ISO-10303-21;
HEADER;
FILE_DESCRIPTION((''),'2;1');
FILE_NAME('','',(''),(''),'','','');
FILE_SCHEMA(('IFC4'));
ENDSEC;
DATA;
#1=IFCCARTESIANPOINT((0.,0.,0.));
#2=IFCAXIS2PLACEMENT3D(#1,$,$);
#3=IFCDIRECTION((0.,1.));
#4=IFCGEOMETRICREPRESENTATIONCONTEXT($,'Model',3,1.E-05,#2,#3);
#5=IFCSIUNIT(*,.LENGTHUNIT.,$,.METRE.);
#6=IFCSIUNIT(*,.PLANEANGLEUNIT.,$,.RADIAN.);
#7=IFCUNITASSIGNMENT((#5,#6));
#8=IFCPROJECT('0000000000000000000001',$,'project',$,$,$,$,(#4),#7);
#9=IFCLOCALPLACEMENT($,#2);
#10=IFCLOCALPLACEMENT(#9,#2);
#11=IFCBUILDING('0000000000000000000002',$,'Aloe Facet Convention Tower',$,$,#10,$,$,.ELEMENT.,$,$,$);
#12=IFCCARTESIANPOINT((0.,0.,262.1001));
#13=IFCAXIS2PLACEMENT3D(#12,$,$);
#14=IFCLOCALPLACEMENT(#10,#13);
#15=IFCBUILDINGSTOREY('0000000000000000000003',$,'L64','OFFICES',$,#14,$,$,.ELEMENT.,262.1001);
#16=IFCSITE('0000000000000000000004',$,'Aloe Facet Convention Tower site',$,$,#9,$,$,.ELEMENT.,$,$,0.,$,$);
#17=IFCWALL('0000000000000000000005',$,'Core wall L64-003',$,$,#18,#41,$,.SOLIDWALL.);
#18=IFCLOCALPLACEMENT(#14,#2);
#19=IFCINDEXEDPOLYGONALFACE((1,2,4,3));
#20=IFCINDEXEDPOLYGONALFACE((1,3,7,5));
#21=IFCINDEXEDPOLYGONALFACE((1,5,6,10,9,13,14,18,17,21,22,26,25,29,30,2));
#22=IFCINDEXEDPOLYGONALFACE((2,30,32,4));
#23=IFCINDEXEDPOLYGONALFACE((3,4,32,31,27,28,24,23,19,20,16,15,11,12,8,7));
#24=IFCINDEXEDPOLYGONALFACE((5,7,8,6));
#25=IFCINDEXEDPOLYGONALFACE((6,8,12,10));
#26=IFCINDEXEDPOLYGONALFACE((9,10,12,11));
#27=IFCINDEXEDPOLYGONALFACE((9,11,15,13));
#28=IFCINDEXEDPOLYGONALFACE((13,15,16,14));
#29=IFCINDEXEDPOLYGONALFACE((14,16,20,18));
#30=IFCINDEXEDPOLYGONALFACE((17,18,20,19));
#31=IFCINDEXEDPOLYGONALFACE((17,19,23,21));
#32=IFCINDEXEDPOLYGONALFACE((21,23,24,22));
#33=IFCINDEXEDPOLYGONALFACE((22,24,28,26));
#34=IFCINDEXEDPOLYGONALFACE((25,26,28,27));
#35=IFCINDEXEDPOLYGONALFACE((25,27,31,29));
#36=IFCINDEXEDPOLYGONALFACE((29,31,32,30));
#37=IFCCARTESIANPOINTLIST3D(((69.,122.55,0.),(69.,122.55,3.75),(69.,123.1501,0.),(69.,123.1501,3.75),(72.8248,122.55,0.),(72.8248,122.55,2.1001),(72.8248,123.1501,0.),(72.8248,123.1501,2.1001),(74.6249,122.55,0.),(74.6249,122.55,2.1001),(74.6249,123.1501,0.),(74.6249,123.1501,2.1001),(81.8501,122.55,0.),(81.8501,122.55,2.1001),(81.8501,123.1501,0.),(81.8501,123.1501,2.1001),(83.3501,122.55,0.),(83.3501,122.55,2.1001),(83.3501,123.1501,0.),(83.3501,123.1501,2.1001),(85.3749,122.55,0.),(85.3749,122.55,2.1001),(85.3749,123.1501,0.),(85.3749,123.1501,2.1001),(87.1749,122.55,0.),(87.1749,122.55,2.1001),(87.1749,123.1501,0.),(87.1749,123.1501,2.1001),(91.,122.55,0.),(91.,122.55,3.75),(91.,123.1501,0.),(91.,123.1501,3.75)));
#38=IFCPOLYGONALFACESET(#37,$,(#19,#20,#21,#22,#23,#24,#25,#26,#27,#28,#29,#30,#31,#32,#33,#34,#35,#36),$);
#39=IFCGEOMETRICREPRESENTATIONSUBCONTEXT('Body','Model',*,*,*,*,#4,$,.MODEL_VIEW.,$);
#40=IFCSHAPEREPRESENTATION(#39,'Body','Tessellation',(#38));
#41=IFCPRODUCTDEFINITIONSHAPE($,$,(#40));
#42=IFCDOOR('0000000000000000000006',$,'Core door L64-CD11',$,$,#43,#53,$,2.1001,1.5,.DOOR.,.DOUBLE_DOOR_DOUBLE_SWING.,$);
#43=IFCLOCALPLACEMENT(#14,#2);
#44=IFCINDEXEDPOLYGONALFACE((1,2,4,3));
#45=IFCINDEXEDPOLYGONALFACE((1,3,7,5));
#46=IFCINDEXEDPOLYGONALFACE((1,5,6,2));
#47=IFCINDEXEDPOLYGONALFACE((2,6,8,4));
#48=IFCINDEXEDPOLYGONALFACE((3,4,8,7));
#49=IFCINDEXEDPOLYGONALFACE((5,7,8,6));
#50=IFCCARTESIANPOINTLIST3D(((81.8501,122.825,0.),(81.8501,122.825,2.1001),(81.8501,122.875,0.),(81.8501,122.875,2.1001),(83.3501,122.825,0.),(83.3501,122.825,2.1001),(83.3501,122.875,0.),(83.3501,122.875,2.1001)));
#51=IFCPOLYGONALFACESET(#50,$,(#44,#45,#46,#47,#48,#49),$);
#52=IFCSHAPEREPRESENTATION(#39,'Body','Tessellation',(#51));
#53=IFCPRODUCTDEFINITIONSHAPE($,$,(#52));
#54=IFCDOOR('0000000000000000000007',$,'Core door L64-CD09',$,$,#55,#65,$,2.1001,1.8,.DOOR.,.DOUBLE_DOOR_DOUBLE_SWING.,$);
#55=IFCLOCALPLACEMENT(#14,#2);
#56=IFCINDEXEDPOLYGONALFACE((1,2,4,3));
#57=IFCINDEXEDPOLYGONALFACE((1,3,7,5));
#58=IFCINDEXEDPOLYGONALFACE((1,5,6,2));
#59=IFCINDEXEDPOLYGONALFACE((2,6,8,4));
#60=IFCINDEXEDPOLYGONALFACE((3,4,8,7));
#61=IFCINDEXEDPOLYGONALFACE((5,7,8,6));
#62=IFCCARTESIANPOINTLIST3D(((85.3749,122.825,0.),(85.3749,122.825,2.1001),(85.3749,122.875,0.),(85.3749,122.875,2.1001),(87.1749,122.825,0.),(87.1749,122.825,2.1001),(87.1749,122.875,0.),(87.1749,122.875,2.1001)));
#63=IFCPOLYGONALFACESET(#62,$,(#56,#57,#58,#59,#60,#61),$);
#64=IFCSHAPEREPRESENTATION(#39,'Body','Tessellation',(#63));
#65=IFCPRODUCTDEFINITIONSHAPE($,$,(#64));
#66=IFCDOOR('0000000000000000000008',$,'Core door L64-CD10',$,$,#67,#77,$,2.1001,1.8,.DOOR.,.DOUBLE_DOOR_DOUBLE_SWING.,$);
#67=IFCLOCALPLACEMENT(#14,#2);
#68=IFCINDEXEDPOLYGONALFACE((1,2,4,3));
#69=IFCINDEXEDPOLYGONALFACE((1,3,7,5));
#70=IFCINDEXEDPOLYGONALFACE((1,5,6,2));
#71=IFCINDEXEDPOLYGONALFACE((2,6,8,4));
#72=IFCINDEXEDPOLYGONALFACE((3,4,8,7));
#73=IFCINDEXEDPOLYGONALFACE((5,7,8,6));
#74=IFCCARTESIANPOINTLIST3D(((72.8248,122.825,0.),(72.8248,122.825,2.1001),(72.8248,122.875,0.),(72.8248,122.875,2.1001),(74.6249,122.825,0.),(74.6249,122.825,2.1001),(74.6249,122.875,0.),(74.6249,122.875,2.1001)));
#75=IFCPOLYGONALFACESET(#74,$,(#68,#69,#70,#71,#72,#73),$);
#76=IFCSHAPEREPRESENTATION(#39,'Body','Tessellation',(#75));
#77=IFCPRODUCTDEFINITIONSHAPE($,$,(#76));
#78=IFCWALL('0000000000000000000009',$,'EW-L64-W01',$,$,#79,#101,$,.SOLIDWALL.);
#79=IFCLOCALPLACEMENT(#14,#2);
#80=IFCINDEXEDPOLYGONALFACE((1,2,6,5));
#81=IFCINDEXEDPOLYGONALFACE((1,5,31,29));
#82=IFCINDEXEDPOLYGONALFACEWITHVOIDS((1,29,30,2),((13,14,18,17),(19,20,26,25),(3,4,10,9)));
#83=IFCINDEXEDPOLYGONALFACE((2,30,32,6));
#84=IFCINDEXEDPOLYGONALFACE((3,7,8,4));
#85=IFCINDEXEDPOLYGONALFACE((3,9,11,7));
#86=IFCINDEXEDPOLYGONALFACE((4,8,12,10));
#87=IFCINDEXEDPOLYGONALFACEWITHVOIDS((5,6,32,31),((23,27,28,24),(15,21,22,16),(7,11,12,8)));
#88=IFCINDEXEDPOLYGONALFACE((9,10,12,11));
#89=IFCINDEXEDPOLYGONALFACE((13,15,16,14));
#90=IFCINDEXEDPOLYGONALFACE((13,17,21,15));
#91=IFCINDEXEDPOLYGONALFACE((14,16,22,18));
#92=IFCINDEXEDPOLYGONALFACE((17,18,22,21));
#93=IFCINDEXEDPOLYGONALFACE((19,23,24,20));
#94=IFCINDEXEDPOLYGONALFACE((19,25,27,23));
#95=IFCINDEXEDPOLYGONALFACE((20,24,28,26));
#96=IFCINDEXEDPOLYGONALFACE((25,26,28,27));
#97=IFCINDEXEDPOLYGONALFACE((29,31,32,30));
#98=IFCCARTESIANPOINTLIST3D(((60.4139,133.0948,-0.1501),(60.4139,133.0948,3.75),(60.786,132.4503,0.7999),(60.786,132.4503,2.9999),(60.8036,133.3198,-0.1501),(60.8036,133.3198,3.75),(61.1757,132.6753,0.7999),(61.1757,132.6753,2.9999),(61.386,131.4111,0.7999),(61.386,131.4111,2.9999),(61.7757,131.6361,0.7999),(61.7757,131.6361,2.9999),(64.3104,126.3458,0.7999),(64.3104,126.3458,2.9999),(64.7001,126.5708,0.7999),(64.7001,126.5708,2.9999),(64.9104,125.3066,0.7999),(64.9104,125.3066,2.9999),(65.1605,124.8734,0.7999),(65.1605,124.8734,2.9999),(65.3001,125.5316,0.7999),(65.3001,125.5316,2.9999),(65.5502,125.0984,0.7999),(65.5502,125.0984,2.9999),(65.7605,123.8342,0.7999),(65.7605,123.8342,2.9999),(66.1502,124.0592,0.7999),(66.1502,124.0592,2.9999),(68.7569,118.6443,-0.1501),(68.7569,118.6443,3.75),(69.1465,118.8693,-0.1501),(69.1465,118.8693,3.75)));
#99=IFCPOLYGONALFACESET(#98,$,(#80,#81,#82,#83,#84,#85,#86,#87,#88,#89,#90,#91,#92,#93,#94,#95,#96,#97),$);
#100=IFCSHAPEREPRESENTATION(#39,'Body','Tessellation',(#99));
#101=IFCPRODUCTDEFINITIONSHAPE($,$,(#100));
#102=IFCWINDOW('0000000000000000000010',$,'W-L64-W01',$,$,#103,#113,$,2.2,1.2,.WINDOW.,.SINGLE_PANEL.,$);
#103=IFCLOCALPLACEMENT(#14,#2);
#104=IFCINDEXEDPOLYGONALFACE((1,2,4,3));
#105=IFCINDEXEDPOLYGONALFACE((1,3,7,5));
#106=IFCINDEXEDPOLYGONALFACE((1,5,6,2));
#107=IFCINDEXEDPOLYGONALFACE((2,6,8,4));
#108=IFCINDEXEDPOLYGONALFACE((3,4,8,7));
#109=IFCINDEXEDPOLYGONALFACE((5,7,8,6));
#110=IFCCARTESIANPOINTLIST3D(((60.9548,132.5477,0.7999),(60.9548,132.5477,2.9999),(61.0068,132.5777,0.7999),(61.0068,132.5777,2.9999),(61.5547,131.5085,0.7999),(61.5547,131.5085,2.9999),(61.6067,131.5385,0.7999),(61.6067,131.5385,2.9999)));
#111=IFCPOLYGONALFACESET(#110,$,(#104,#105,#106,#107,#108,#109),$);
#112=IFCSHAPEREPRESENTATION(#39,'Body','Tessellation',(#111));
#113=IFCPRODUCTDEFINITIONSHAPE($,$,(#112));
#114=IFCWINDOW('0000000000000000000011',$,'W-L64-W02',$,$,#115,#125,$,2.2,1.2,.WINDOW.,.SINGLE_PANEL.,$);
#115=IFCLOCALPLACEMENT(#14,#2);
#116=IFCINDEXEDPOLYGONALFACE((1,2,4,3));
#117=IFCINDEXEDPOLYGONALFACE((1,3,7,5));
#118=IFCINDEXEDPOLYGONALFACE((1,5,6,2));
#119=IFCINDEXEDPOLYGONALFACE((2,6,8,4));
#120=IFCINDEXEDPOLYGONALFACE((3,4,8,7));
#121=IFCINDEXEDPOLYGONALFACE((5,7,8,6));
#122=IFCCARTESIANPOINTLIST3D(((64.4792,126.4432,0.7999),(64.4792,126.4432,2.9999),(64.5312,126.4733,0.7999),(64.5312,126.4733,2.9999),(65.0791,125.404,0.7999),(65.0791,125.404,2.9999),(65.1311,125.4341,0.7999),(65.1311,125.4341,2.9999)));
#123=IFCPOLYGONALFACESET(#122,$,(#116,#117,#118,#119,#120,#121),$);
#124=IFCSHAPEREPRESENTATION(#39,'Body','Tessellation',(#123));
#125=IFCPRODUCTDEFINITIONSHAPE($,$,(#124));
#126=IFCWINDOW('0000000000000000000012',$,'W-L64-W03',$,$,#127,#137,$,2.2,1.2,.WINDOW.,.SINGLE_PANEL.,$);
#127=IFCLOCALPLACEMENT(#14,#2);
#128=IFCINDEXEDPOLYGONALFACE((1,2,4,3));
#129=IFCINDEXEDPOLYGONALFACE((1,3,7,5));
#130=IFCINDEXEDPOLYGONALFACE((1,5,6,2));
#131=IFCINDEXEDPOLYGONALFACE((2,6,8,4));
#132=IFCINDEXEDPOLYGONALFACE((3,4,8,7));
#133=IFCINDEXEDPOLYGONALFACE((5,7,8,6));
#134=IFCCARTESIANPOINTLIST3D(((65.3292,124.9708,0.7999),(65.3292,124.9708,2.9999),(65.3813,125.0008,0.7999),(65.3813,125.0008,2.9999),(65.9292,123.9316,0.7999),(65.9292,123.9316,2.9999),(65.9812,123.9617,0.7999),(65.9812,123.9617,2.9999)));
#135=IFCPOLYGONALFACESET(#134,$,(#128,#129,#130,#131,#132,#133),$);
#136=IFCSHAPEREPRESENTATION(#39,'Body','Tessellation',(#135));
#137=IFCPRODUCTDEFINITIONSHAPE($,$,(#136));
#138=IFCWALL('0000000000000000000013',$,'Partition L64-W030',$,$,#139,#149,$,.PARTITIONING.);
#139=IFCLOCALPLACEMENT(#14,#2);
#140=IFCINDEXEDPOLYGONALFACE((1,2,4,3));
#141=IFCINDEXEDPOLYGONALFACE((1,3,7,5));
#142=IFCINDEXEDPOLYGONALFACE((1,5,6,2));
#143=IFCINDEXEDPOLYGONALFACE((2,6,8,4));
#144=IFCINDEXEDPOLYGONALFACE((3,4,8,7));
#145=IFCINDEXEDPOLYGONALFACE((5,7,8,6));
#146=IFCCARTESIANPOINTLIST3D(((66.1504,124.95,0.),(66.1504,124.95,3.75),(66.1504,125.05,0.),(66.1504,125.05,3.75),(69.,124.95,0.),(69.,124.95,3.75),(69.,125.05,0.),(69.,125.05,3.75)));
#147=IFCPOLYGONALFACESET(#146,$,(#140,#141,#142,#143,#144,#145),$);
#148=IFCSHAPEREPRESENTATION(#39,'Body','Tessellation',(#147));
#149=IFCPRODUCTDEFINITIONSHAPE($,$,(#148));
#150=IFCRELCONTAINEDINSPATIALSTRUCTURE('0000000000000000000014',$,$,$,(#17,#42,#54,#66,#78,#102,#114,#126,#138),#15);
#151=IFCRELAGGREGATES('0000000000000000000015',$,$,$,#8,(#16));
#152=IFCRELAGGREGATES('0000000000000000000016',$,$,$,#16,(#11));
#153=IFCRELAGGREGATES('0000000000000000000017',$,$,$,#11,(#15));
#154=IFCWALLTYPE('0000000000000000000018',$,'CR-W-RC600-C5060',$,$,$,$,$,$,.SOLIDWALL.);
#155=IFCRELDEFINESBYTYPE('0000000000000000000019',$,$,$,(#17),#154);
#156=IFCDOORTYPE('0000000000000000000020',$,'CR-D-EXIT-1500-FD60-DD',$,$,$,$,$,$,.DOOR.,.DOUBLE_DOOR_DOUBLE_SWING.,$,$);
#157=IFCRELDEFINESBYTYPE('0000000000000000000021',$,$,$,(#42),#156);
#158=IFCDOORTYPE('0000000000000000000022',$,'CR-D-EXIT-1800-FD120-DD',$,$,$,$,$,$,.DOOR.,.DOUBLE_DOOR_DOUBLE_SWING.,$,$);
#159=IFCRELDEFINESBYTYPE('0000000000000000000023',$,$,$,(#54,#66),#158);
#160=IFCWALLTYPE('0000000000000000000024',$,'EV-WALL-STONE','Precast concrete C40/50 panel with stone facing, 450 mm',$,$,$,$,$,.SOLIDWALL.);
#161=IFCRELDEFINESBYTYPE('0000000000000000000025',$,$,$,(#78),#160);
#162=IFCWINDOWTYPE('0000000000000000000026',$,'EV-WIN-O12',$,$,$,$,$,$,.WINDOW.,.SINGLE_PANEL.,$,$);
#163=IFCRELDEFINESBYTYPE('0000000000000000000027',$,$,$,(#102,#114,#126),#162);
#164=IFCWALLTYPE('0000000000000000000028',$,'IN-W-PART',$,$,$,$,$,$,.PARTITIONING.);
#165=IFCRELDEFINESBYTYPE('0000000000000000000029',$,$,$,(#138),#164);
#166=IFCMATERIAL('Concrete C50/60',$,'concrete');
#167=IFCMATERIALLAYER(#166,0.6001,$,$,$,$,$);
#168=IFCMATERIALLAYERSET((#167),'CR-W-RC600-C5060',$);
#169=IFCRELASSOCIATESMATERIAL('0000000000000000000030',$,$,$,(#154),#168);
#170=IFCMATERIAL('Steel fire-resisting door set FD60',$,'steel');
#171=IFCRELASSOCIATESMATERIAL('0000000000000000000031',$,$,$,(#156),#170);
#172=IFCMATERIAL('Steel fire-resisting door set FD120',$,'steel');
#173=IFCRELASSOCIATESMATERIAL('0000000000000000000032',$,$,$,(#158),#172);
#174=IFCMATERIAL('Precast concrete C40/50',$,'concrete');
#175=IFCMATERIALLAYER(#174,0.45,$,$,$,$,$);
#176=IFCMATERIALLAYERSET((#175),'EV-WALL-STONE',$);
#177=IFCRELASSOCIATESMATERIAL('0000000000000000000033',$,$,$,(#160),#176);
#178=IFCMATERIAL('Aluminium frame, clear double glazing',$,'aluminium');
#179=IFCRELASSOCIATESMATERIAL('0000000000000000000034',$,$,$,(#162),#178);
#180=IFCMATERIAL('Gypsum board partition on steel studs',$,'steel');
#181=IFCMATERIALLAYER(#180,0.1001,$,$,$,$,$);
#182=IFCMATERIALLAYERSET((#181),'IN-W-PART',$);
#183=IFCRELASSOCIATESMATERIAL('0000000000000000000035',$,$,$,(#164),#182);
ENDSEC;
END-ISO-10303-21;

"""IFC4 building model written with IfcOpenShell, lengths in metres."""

from ifc_helpers import new_model, si_unit, direction, frame, frame_2d, origin, place, context, subcontext, project, spatial, polyline, rectangle, outline, extrude, material, layer, layer_set, type_object, element, fill, save


model = new_model("IFC4")

# Units and contexts
model_context = context("Model", 3, precision=1e-05, world=origin(), true_north=direction((0.0, 1.0)))
body_context = subcontext(model_context, "Body", "Model", "MODEL_VIEW")
ifc_project = project(units=[si_unit("LENGTHUNIT", "METRE"), si_unit("PLANEANGLEUNIT", "RADIAN")], contexts=[model_context])

# Site, building, storey
site_placement = place(None, origin())
site = spatial("IfcSite", under=ifc_project, at=site_placement, Name="Aloe Facet Convention Tower site", CompositionType="ELEMENT", RefElevation=0.0)
building_placement = place(site_placement, origin())
building = spatial("IfcBuilding", under=site, at=building_placement, Name="Aloe Facet Convention Tower", CompositionType="ELEMENT")
storey_placement = place(building_placement, frame((0.0, 0.0, 262.1001)))
storey = spatial("IfcBuildingStorey", under=building, at=storey_placement, Name="L64", Description="OFFICES", CompositionType="ELEMENT", Elevation=262.1001)

# Shared definitions
ifc_material_1 = material(Name="Concrete C50/60", Category="concrete")
ifc_layer_1 = layer(ifc_material_1, 0.6001)
ifc_layer_set_1 = layer_set([ifc_layer_1], Name="CR-W-RC600-C5060")
wall_type_1 = type_object("IfcWallType", Name="CR-W-RC600-C5060", PredefinedType="SOLIDWALL", material=ifc_layer_set_1)

# Wall, openings, doors
wall_1_placement = place(storey_placement, frame((69.0, 122.8501, 0.0), z_axis=(0.0, 0.0, 1.0), x_axis=(1.0, 0.0, 0.0)))
wall_1 = element("IfcWall", 1, at=wall_1_placement, inside=storey, type_object=wall_type_1, Name="Core wall L64-003", PredefinedType="SOLIDWALL", context=body_context, shape_type="SweptSolid", body=[
    extrude(rectangle(XDim=22.0, YDim=0.6001, at=frame_2d((11.0, 0.0))), origin(), (0.0, 0.0, 1.0), 3.75),
])
opening_1_placement = place(wall_1_placement, frame((16.375, 0.0, 0.0)))
opening_1 = element("IfcOpeningElement", 2, at=opening_1_placement, cuts=wall_1, PredefinedType="OPENING", context=body_context, shape_type="SweptSolid", body=[
    extrude(rectangle(XDim=1.8, YDim=2.1001, at=frame_2d((0.8999, 1.05))), frame((0.0, 0.3101, 0.0), z_axis=(0.0, -1.0, 0.0), x_axis=(1.0, 0.0, 0.0)), (0.0, 0.0, 1.0), 0.6201),
])
opening_2_placement = place(wall_1_placement, frame((3.825, 0.0, 0.0)))
opening_2 = element("IfcOpeningElement", 3, at=opening_2_placement, cuts=wall_1, PredefinedType="OPENING", context=body_context, shape_type="SweptSolid", body=[
    extrude(rectangle(XDim=1.8, YDim=2.1001, at=frame_2d((0.8999, 1.05))), frame((0.0, 0.3101, 0.0), z_axis=(0.0, -1.0, 0.0), x_axis=(1.0, 0.0, 0.0)), (0.0, 0.0, 1.0), 0.6201),
])
opening_3_placement = place(wall_1_placement, frame((12.8501, 0.0, 0.0)))
opening_3 = element("IfcOpeningElement", 4, at=opening_3_placement, cuts=wall_1, PredefinedType="OPENING", context=body_context, shape_type="SweptSolid", body=[
    extrude(rectangle(XDim=1.5, YDim=2.1001, at=frame_2d((0.75, 1.05))), frame((0.0, 0.3101, 0.0), z_axis=(0.0, -1.0, 0.0), x_axis=(1.0, 0.0, 0.0)), (0.0, 0.0, 1.0), 0.6201),
])
ifc_material_2 = material(Name="Steel fire-resisting door set FD60", Category="steel")
door_type_1 = type_object("IfcDoorType", Name="CR-D-EXIT-1500-FD60-DD", OperationType="DOUBLE_DOOR_DOUBLE_SWING", PredefinedType="DOOR", material=ifc_material_2)
door_1_placement = place(opening_3_placement, origin())
door_1 = element("IfcDoor", 5, at=door_1_placement, inside=storey, type_object=door_type_1, Name="Core door L64-CD11", OperationType="DOUBLE_DOOR_DOUBLE_SWING", OverallHeight=2.1001, OverallWidth=1.5, PredefinedType="DOOR", context=body_context, shape_type="SweptSolid", body=[
    extrude(rectangle(XDim=1.5, YDim=2.1001, at=frame_2d((0.75, 1.05))), frame((0.0, 0.0249, 0.0), z_axis=(0.0, -1.0, 0.0), x_axis=(1.0, 0.0, 0.0)), (0.0, 0.0, 1.0), 0.05),
])
fill(opening_3, door_1)
ifc_material_3 = material(Name="Steel fire-resisting door set FD120", Category="steel")
door_type_2 = type_object("IfcDoorType", Name="CR-D-EXIT-1800-FD120-DD", OperationType="DOUBLE_DOOR_DOUBLE_SWING", PredefinedType="DOOR", material=ifc_material_3)
door_2_placement = place(opening_1_placement, origin())
door_2 = element("IfcDoor", 6, at=door_2_placement, inside=storey, type_object=door_type_2, Name="Core door L64-CD09", OperationType="DOUBLE_DOOR_DOUBLE_SWING", OverallHeight=2.1001, OverallWidth=1.8, PredefinedType="DOOR", context=body_context, shape_type="SweptSolid", body=[
    extrude(rectangle(XDim=1.8, YDim=2.1001, at=frame_2d((0.8999, 1.05))), frame((0.0, 0.0249, 0.0), z_axis=(0.0, -1.0, 0.0), x_axis=(1.0, 0.0, 0.0)), (0.0, 0.0, 1.0), 0.05),
])
fill(opening_1, door_2)
door_3_placement = place(opening_2_placement, origin())
door_3 = element("IfcDoor", 7, at=door_3_placement, inside=storey, type_object=door_type_2, Name="Core door L64-CD10", OperationType="DOUBLE_DOOR_DOUBLE_SWING", OverallHeight=2.1001, OverallWidth=1.8, PredefinedType="DOOR", context=body_context, shape_type="SweptSolid", body=[
    extrude(rectangle(XDim=1.8, YDim=2.1001, at=frame_2d((0.8999, 1.05))), frame((0.0, 0.0249, 0.0), z_axis=(0.0, -1.0, 0.0), x_axis=(1.0, 0.0, 0.0)), (0.0, 0.0, 1.0), 0.05),
])
fill(opening_2, door_3)

# Wall, openings, windows
ifc_material_4 = material(Name="Precast concrete C40/50", Category="concrete")
ifc_layer_2 = layer(ifc_material_4, 0.45)
ifc_layer_set_2 = layer_set([ifc_layer_2], Name="EV-WALL-STONE")
wall_type_2 = type_object("IfcWallType", Name="EV-WALL-STONE", Description="Precast concrete C40/50 panel with stone facing, 450 mm", PredefinedType="SOLIDWALL", material=ifc_layer_set_2)
wall_2_placement = place(storey_placement, frame((60.6086, 133.2073, -0.1501), z_axis=(0.0, 0.0, 1.0), x_axis=(0.499996, -0.866028, 0.0)))
wall_2 = element("IfcWall", 8, at=wall_2_placement, inside=storey, type_object=wall_type_2, Name="EW-L64-W01", PredefinedType="SOLIDWALL", context=body_context, shape_type="SweptSolid", body=[
    extrude(outline(polyline([(0.0, 0.0), (0.0, 3.9001), (16.686, 3.9001), (16.686, 0.0), (0.0, 0.0)])), frame((0.0, 0.2251, 0.0), z_axis=(0.0, -1.0, 0.0), x_axis=(1.0, 0.0, 0.0)), (0.0, 0.0, 1.0), 0.45),
])
opening_4_placement = place(wall_2_placement, frame((0.7441, 0.0, 0.95)))
opening_4 = element("IfcOpeningElement", 9, at=opening_4_placement, cuts=wall_2, PredefinedType="OPENING", context=body_context, shape_type="SweptSolid", body=[
    extrude(rectangle(XDim=1.2, YDim=2.2, at=frame_2d((0.6001, 1.1001))), frame((0.0, 0.2349, 0.0), z_axis=(0.0, -1.0, 0.0), x_axis=(1.0, 0.0, 0.0)), (0.0, 0.0, 1.0), 0.47),
])
opening_5_placement = place(wall_2_placement, frame((7.793, 0.0, 0.95)))
opening_5 = element("IfcOpeningElement", 10, at=opening_5_placement, cuts=wall_2, PredefinedType="OPENING", context=body_context, shape_type="SweptSolid", body=[
    extrude(rectangle(XDim=1.2, YDim=2.2, at=frame_2d((0.6001, 1.1001))), frame((0.0, 0.2349, 0.0), z_axis=(0.0, -1.0, 0.0), x_axis=(1.0, 0.0, 0.0)), (0.0, 0.0, 1.0), 0.47),
])
opening_6_placement = place(wall_2_placement, frame((9.4932, 0.0, 0.95)))
opening_6 = element("IfcOpeningElement", 11, at=opening_6_placement, cuts=wall_2, PredefinedType="OPENING", context=body_context, shape_type="SweptSolid", body=[
    extrude(rectangle(XDim=1.2, YDim=2.2, at=frame_2d((0.6001, 1.1001))), frame((0.0, 0.2349, 0.0), z_axis=(0.0, -1.0, 0.0), x_axis=(1.0, 0.0, 0.0)), (0.0, 0.0, 1.0), 0.47),
])
ifc_material_5 = material(Name="Aluminium frame, clear double glazing", Category="aluminium")
window_type = type_object("IfcWindowType", Name="EV-WIN-O12", PartitioningType="SINGLE_PANEL", PredefinedType="WINDOW", material=ifc_material_5)
window_1_placement = place(opening_4_placement, origin())
window_1 = element("IfcWindow", 12, at=window_1_placement, inside=storey, type_object=window_type, Name="W-L64-W01", OverallHeight=2.2, OverallWidth=1.2, PartitioningType="SINGLE_PANEL", PredefinedType="WINDOW", context=body_context, shape_type="SweptSolid", body=[
    extrude(rectangle(XDim=1.2, YDim=2.2, at=frame_2d((0.6001, 1.1001))), frame((0.0, 0.03, 0.0), z_axis=(0.0, -1.0, 0.0), x_axis=(1.0, 0.0, 0.0)), (0.0, 0.0, 1.0), 0.0601),
])
fill(opening_4, window_1)
window_2_placement = place(opening_5_placement, origin())
window_2 = element("IfcWindow", 13, at=window_2_placement, inside=storey, type_object=window_type, Name="W-L64-W02", OverallHeight=2.2, OverallWidth=1.2, PartitioningType="SINGLE_PANEL", PredefinedType="WINDOW", context=body_context, shape_type="SweptSolid", body=[
    extrude(rectangle(XDim=1.2, YDim=2.2, at=frame_2d((0.6001, 1.1001))), frame((0.0, 0.03, 0.0), z_axis=(0.0, -1.0, 0.0), x_axis=(1.0, 0.0, 0.0)), (0.0, 0.0, 1.0), 0.0601),
])
fill(opening_5, window_2)
window_3_placement = place(opening_6_placement, origin())
window_3 = element("IfcWindow", 14, at=window_3_placement, inside=storey, type_object=window_type, Name="W-L64-W03", OverallHeight=2.2, OverallWidth=1.2, PartitioningType="SINGLE_PANEL", PredefinedType="WINDOW", context=body_context, shape_type="SweptSolid", body=[
    extrude(rectangle(XDim=1.2, YDim=2.2, at=frame_2d((0.6001, 1.1001))), frame((0.0, 0.03, 0.0), z_axis=(0.0, -1.0, 0.0), x_axis=(1.0, 0.0, 0.0)), (0.0, 0.0, 1.0), 0.0601),
])
fill(opening_6, window_3)

# Wall
ifc_material_6 = material(Name="Gypsum board partition on steel studs", Category="steel")
ifc_layer_3 = layer(ifc_material_6, 0.1001)
ifc_layer_set_3 = layer_set([ifc_layer_3], Name="IN-W-PART")
wall_type_3 = type_object("IfcWallType", Name="IN-W-PART", PredefinedType="PARTITIONING", material=ifc_layer_set_3)
wall_3_placement = place(storey_placement, frame((66.1504, 125.0, 0.0), z_axis=(0.0, 0.0, 1.0), x_axis=(1.0, 0.0, 0.0)))
element("IfcWall", 15, at=wall_3_placement, inside=storey, type_object=wall_type_3, Name="Partition L64-W030", PredefinedType="PARTITIONING", context=body_context, shape_type="SweptSolid", body=[
    extrude(rectangle(XDim=2.8496, YDim=0.1001, at=frame_2d((1.4248, 0.0))), origin(), (0.0, 0.0, 1.0), 3.75),
])

save(model, "model.ifc")
